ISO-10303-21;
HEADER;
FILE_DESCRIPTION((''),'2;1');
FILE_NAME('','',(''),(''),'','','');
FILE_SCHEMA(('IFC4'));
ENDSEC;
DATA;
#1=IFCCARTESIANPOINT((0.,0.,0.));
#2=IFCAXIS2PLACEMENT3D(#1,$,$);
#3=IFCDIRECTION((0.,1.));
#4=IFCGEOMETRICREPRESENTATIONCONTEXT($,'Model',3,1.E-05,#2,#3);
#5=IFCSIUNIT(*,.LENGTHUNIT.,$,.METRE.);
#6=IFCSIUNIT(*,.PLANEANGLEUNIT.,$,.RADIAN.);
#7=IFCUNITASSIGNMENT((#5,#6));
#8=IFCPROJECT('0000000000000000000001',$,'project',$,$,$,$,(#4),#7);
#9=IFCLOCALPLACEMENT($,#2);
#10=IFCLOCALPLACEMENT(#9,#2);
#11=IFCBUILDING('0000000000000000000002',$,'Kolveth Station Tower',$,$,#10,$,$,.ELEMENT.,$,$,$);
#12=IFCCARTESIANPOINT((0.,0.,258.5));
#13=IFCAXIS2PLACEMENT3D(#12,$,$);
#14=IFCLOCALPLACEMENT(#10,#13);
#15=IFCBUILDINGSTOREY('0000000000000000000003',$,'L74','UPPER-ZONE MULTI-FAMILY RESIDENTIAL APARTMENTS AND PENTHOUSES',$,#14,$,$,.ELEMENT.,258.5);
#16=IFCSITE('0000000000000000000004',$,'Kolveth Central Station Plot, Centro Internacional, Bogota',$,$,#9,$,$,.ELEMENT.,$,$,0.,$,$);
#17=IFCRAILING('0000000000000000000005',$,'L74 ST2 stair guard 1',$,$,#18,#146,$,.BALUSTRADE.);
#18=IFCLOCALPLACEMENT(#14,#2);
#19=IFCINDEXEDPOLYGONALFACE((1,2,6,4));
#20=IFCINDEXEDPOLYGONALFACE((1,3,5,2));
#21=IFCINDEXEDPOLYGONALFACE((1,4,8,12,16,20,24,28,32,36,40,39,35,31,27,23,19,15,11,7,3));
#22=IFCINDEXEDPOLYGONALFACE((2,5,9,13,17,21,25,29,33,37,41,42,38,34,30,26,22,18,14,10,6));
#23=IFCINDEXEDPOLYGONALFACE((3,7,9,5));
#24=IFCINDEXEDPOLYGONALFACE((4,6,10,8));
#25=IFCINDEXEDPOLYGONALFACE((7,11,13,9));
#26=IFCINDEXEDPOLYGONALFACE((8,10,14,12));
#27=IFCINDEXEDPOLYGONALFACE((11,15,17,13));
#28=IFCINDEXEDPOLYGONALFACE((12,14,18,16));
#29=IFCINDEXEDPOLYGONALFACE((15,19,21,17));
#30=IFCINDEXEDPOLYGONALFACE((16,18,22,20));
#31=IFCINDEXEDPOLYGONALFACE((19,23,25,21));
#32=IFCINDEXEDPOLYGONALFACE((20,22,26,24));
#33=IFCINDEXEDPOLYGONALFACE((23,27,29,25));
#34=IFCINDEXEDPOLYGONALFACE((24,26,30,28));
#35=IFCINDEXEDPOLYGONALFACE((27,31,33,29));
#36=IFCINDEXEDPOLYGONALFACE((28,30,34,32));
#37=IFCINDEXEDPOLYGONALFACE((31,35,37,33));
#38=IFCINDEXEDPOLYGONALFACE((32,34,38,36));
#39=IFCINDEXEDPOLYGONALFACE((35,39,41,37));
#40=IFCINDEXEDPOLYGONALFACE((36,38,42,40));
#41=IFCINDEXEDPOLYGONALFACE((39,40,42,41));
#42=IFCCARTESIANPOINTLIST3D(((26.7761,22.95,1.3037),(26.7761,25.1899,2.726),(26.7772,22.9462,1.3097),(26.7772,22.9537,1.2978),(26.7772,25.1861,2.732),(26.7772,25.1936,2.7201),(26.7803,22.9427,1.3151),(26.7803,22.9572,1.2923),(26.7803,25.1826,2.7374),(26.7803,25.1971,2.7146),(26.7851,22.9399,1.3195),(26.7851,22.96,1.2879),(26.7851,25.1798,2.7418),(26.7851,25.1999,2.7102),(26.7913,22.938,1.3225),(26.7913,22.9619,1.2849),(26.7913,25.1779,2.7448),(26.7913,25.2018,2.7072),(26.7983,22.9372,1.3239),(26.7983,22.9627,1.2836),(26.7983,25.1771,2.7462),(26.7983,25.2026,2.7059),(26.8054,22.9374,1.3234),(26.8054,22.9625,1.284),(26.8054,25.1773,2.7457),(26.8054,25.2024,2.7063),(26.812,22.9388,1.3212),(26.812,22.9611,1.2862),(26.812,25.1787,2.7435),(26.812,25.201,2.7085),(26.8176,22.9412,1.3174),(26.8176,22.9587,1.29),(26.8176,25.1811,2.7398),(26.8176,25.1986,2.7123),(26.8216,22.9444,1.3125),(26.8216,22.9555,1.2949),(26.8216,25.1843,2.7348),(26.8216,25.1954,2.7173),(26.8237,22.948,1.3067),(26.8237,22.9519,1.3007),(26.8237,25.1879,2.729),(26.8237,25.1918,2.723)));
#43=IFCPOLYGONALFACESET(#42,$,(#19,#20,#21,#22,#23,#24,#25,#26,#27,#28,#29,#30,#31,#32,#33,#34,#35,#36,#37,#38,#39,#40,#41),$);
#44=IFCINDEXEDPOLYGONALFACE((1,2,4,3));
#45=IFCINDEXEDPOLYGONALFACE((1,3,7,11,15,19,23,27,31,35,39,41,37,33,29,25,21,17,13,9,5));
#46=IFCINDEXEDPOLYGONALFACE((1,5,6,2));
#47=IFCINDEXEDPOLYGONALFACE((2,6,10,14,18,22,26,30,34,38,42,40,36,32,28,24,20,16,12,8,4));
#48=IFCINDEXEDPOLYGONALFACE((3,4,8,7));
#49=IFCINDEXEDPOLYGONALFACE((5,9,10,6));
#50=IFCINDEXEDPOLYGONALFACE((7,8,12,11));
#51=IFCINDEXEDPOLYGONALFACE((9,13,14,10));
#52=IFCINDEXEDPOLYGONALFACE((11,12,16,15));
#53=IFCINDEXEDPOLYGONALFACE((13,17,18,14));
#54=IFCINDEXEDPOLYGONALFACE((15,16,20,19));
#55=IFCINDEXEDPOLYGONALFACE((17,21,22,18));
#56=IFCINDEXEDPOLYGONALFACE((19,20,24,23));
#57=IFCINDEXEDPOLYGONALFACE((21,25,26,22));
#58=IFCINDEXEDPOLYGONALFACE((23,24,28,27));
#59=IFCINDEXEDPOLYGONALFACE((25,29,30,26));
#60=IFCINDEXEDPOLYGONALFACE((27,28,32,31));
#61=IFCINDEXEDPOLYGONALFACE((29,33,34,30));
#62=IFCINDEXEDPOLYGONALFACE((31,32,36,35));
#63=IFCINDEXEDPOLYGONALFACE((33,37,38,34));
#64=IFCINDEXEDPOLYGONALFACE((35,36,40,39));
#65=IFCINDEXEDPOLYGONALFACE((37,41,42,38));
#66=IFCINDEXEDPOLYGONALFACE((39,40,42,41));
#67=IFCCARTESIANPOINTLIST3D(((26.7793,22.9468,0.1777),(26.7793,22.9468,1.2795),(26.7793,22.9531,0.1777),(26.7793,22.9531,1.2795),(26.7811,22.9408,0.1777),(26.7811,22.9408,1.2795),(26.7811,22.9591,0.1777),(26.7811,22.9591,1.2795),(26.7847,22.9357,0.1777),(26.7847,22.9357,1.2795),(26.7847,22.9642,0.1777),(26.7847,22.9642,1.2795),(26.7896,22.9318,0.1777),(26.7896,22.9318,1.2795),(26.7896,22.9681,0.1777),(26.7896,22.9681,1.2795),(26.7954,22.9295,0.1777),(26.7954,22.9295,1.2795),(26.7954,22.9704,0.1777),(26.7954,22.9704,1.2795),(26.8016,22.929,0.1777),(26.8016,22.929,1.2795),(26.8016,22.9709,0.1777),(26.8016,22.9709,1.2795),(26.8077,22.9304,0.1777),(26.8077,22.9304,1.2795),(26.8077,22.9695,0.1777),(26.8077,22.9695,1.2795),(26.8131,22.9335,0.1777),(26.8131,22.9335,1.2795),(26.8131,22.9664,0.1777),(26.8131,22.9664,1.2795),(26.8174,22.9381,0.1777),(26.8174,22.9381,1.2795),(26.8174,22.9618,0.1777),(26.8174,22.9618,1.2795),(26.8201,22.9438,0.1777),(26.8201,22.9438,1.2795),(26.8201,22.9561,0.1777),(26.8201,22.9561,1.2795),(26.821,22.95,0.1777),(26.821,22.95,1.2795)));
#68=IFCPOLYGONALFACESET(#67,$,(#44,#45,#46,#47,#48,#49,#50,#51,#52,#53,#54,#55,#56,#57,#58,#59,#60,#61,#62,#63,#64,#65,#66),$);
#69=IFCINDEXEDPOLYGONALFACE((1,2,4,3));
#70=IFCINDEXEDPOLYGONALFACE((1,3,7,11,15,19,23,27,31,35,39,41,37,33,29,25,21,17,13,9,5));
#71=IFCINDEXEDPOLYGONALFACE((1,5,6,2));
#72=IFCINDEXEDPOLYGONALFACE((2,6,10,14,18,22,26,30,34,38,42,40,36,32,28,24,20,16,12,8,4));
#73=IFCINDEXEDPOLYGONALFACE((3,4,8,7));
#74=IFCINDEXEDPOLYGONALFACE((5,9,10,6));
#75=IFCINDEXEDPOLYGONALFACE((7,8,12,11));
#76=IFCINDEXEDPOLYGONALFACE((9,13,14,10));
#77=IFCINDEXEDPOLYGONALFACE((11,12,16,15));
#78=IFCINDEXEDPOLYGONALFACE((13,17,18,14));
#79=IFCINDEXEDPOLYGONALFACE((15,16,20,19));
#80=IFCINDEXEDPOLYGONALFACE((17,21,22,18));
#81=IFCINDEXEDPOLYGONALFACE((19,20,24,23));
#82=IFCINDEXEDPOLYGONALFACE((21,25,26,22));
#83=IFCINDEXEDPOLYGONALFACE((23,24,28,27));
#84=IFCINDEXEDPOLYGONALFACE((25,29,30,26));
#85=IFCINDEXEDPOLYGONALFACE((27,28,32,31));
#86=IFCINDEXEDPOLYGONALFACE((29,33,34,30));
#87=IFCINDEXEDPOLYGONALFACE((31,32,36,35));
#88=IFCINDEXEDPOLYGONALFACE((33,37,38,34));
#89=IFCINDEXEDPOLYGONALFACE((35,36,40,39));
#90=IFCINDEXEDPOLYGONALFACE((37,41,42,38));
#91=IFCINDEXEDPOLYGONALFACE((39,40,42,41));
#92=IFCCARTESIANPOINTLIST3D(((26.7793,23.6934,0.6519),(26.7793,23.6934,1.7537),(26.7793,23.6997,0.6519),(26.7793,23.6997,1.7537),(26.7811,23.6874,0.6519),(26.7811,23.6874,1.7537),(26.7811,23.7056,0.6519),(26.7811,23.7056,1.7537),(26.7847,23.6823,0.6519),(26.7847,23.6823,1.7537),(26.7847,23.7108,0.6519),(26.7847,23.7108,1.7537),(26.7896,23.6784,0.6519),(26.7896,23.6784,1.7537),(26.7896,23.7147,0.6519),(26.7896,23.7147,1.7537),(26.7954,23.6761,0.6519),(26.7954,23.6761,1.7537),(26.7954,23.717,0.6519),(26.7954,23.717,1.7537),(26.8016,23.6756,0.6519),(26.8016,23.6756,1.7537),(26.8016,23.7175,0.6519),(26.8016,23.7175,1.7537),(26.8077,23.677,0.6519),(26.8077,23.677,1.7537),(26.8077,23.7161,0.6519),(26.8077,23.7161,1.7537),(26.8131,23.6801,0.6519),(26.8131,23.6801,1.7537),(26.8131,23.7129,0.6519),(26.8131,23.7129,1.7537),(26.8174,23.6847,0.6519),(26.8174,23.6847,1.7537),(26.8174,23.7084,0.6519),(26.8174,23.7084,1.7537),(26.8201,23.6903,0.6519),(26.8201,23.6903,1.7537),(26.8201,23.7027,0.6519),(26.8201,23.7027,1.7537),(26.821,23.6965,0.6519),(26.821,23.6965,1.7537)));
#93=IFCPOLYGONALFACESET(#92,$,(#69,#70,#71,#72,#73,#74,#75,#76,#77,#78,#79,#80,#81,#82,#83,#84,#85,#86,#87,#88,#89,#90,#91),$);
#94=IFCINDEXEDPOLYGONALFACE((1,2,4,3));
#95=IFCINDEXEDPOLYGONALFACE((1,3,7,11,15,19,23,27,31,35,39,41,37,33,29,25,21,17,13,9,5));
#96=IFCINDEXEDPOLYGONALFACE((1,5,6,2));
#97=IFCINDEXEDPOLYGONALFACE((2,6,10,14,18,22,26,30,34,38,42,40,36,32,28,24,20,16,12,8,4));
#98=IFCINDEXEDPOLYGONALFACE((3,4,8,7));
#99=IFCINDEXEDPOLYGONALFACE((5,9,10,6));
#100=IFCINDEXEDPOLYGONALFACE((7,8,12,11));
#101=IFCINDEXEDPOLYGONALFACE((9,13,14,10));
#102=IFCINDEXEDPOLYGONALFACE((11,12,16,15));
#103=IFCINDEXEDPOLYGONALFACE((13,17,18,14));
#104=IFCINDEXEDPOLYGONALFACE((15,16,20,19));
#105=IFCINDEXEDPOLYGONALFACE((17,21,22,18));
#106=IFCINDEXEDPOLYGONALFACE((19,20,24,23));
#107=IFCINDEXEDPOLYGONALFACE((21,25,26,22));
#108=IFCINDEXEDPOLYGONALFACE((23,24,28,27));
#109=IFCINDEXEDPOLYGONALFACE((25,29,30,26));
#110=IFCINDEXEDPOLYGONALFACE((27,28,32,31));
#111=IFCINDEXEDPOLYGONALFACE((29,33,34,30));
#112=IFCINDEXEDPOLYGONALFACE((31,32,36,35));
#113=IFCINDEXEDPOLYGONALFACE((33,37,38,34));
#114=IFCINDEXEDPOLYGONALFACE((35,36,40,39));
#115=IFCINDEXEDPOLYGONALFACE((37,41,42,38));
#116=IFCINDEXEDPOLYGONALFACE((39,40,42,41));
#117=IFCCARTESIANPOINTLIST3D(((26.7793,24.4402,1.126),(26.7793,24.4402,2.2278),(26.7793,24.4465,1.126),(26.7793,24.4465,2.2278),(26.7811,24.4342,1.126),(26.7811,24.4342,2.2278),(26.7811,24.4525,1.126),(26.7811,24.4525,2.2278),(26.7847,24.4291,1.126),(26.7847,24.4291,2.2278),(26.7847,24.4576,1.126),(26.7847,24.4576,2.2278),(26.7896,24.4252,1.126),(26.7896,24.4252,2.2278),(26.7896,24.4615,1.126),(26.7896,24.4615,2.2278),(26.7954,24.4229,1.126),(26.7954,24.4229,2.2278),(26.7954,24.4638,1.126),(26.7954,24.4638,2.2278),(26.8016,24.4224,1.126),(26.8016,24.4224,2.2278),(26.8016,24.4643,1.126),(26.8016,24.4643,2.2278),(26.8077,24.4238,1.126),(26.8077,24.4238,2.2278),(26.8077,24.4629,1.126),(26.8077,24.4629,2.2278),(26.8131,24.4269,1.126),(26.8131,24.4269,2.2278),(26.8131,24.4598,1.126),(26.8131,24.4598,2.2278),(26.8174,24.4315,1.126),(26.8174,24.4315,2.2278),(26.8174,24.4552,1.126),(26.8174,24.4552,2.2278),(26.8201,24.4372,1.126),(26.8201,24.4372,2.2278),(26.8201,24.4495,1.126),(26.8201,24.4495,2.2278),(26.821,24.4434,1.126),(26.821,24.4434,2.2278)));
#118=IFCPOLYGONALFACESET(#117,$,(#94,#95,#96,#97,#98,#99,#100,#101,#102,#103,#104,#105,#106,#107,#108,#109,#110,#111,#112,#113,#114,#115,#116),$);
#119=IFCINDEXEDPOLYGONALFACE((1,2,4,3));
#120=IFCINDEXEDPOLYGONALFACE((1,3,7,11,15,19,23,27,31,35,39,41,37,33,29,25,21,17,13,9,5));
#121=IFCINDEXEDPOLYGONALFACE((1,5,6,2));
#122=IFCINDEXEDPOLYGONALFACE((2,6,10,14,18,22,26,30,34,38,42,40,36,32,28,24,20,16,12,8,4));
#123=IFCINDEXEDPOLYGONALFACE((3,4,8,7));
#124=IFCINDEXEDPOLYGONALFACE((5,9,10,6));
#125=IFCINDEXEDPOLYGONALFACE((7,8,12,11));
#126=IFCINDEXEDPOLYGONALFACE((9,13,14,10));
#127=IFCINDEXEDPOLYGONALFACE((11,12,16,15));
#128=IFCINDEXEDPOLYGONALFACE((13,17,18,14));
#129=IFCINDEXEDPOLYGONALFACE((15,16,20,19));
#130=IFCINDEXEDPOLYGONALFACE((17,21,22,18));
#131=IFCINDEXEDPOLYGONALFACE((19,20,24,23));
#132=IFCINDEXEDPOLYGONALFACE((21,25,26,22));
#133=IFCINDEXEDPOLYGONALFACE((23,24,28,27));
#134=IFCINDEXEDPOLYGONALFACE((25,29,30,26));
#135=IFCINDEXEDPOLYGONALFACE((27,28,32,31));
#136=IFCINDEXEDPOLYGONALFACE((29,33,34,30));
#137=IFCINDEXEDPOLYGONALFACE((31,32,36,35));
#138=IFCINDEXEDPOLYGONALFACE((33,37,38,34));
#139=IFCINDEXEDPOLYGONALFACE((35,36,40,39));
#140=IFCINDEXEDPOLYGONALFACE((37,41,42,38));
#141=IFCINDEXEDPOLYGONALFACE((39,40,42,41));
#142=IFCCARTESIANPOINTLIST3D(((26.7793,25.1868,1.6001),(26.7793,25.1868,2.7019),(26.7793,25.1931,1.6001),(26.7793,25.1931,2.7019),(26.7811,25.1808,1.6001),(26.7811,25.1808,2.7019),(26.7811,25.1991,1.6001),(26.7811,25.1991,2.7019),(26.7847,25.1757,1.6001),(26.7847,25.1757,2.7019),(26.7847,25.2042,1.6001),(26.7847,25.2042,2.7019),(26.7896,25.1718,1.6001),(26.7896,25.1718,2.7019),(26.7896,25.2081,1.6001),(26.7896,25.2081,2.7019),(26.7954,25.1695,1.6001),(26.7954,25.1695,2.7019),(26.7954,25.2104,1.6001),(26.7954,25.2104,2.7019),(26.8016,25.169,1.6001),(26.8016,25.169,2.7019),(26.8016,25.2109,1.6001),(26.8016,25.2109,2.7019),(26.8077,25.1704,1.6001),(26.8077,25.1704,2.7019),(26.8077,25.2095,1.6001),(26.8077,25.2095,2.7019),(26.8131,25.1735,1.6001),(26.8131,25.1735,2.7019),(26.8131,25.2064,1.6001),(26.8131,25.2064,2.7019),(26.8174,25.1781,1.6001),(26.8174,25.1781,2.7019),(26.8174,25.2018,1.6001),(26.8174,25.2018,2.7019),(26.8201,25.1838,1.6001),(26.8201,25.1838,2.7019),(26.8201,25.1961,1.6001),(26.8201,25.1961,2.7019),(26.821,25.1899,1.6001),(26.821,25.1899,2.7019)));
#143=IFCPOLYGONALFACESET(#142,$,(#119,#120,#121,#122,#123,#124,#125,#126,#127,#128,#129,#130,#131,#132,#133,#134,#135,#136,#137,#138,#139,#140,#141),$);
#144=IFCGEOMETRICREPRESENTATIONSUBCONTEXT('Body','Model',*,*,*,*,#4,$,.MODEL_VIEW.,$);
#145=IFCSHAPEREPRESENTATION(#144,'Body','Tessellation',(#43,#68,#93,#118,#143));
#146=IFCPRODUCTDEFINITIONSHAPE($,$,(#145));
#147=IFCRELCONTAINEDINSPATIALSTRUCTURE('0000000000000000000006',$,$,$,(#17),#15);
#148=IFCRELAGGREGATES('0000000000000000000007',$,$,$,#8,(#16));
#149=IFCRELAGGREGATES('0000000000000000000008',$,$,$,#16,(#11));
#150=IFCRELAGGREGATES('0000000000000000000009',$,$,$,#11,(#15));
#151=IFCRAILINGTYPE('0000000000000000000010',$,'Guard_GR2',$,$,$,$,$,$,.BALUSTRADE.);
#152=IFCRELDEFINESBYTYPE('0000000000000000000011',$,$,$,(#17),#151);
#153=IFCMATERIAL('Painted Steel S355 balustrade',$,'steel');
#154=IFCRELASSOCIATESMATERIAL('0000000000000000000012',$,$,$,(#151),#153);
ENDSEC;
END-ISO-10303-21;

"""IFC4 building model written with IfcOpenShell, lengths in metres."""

from ifc_helpers import new_model, si_unit, direction, frame, origin, origin_2d, place, context, subcontext, project, spatial, circle, extrude, material, type_object, element, save


model = new_model("IFC4")

# Units and contexts
model_context = context("Model", 3, precision=1e-05, world=origin(), true_north=direction((0.0, 1.0)))
body_context = subcontext(model_context, "Body", "Model", "MODEL_VIEW")
ifc_project = project(units=[si_unit("LENGTHUNIT", "METRE"), si_unit("PLANEANGLEUNIT", "RADIAN")], contexts=[model_context])

# Site, building, storey
site_placement = place(None, origin())
site = spatial("IfcSite", under=ifc_project, at=site_placement, Name="Kolveth Central Station Plot, Centro Internacional, Bogota", CompositionType="ELEMENT", RefElevation=0.0)
building_placement = place(site_placement, origin())
building = spatial("IfcBuilding", under=site, at=building_placement, Name="Kolveth Station Tower", CompositionType="ELEMENT")
storey_placement = place(building_placement, frame((0.0, 0.0, 258.5)))
storey = spatial("IfcBuildingStorey", under=building, at=storey_placement, Name="L74", Description="UPPER-ZONE MULTI-FAMILY RESIDENTIAL APARTMENTS AND PENTHOUSES", CompositionType="ELEMENT", Elevation=258.5)

# Railing
ifc_material_1 = material(Name="Painted Steel S355 balustrade", Category="steel")
railing_type_1 = type_object("IfcRailingType", Name="Guard_GR2", PredefinedType="BALUSTRADE", material=ifc_material_1)
railing_1_placement = place(storey_placement, frame((26.8, 22.95, 0.1777)))
element("IfcRailing", 1, at=railing_1_placement, inside=storey, type_object=railing_type_1, Name="L74 ST2 stair guard 1", PredefinedType="BALUSTRADE", context=body_context, shape_type="SweptSolid", body=[
    extrude(circle(Radius=0.0239, at=origin_2d()), frame((0.0, 0.0, 1.126), z_axis=(0.0, 0.844188, 0.536048), x_axis=(-1.0, 0.0, 0.0)), (0.0, 0.0, 1.0), 2.6533),
    extrude(circle(Radius=0.021, at=origin_2d()), origin(), (0.0, 0.0, 1.0), 1.1018),
    extrude(circle(Radius=0.021, at=origin_2d()), frame((0.0, 0.7466, 0.4741)), (0.0, 0.0, 1.0), 1.1018),
    extrude(circle(Radius=0.021, at=origin_2d()), frame((0.0, 1.4934, 0.9482)), (0.0, 0.0, 1.0), 1.1018),
    extrude(circle(Radius=0.021, at=origin_2d()), frame((0.0, 2.24, 1.4224)), (0.0, 0.0, 1.0), 1.1018),
])

save(model, "model.ifc")
